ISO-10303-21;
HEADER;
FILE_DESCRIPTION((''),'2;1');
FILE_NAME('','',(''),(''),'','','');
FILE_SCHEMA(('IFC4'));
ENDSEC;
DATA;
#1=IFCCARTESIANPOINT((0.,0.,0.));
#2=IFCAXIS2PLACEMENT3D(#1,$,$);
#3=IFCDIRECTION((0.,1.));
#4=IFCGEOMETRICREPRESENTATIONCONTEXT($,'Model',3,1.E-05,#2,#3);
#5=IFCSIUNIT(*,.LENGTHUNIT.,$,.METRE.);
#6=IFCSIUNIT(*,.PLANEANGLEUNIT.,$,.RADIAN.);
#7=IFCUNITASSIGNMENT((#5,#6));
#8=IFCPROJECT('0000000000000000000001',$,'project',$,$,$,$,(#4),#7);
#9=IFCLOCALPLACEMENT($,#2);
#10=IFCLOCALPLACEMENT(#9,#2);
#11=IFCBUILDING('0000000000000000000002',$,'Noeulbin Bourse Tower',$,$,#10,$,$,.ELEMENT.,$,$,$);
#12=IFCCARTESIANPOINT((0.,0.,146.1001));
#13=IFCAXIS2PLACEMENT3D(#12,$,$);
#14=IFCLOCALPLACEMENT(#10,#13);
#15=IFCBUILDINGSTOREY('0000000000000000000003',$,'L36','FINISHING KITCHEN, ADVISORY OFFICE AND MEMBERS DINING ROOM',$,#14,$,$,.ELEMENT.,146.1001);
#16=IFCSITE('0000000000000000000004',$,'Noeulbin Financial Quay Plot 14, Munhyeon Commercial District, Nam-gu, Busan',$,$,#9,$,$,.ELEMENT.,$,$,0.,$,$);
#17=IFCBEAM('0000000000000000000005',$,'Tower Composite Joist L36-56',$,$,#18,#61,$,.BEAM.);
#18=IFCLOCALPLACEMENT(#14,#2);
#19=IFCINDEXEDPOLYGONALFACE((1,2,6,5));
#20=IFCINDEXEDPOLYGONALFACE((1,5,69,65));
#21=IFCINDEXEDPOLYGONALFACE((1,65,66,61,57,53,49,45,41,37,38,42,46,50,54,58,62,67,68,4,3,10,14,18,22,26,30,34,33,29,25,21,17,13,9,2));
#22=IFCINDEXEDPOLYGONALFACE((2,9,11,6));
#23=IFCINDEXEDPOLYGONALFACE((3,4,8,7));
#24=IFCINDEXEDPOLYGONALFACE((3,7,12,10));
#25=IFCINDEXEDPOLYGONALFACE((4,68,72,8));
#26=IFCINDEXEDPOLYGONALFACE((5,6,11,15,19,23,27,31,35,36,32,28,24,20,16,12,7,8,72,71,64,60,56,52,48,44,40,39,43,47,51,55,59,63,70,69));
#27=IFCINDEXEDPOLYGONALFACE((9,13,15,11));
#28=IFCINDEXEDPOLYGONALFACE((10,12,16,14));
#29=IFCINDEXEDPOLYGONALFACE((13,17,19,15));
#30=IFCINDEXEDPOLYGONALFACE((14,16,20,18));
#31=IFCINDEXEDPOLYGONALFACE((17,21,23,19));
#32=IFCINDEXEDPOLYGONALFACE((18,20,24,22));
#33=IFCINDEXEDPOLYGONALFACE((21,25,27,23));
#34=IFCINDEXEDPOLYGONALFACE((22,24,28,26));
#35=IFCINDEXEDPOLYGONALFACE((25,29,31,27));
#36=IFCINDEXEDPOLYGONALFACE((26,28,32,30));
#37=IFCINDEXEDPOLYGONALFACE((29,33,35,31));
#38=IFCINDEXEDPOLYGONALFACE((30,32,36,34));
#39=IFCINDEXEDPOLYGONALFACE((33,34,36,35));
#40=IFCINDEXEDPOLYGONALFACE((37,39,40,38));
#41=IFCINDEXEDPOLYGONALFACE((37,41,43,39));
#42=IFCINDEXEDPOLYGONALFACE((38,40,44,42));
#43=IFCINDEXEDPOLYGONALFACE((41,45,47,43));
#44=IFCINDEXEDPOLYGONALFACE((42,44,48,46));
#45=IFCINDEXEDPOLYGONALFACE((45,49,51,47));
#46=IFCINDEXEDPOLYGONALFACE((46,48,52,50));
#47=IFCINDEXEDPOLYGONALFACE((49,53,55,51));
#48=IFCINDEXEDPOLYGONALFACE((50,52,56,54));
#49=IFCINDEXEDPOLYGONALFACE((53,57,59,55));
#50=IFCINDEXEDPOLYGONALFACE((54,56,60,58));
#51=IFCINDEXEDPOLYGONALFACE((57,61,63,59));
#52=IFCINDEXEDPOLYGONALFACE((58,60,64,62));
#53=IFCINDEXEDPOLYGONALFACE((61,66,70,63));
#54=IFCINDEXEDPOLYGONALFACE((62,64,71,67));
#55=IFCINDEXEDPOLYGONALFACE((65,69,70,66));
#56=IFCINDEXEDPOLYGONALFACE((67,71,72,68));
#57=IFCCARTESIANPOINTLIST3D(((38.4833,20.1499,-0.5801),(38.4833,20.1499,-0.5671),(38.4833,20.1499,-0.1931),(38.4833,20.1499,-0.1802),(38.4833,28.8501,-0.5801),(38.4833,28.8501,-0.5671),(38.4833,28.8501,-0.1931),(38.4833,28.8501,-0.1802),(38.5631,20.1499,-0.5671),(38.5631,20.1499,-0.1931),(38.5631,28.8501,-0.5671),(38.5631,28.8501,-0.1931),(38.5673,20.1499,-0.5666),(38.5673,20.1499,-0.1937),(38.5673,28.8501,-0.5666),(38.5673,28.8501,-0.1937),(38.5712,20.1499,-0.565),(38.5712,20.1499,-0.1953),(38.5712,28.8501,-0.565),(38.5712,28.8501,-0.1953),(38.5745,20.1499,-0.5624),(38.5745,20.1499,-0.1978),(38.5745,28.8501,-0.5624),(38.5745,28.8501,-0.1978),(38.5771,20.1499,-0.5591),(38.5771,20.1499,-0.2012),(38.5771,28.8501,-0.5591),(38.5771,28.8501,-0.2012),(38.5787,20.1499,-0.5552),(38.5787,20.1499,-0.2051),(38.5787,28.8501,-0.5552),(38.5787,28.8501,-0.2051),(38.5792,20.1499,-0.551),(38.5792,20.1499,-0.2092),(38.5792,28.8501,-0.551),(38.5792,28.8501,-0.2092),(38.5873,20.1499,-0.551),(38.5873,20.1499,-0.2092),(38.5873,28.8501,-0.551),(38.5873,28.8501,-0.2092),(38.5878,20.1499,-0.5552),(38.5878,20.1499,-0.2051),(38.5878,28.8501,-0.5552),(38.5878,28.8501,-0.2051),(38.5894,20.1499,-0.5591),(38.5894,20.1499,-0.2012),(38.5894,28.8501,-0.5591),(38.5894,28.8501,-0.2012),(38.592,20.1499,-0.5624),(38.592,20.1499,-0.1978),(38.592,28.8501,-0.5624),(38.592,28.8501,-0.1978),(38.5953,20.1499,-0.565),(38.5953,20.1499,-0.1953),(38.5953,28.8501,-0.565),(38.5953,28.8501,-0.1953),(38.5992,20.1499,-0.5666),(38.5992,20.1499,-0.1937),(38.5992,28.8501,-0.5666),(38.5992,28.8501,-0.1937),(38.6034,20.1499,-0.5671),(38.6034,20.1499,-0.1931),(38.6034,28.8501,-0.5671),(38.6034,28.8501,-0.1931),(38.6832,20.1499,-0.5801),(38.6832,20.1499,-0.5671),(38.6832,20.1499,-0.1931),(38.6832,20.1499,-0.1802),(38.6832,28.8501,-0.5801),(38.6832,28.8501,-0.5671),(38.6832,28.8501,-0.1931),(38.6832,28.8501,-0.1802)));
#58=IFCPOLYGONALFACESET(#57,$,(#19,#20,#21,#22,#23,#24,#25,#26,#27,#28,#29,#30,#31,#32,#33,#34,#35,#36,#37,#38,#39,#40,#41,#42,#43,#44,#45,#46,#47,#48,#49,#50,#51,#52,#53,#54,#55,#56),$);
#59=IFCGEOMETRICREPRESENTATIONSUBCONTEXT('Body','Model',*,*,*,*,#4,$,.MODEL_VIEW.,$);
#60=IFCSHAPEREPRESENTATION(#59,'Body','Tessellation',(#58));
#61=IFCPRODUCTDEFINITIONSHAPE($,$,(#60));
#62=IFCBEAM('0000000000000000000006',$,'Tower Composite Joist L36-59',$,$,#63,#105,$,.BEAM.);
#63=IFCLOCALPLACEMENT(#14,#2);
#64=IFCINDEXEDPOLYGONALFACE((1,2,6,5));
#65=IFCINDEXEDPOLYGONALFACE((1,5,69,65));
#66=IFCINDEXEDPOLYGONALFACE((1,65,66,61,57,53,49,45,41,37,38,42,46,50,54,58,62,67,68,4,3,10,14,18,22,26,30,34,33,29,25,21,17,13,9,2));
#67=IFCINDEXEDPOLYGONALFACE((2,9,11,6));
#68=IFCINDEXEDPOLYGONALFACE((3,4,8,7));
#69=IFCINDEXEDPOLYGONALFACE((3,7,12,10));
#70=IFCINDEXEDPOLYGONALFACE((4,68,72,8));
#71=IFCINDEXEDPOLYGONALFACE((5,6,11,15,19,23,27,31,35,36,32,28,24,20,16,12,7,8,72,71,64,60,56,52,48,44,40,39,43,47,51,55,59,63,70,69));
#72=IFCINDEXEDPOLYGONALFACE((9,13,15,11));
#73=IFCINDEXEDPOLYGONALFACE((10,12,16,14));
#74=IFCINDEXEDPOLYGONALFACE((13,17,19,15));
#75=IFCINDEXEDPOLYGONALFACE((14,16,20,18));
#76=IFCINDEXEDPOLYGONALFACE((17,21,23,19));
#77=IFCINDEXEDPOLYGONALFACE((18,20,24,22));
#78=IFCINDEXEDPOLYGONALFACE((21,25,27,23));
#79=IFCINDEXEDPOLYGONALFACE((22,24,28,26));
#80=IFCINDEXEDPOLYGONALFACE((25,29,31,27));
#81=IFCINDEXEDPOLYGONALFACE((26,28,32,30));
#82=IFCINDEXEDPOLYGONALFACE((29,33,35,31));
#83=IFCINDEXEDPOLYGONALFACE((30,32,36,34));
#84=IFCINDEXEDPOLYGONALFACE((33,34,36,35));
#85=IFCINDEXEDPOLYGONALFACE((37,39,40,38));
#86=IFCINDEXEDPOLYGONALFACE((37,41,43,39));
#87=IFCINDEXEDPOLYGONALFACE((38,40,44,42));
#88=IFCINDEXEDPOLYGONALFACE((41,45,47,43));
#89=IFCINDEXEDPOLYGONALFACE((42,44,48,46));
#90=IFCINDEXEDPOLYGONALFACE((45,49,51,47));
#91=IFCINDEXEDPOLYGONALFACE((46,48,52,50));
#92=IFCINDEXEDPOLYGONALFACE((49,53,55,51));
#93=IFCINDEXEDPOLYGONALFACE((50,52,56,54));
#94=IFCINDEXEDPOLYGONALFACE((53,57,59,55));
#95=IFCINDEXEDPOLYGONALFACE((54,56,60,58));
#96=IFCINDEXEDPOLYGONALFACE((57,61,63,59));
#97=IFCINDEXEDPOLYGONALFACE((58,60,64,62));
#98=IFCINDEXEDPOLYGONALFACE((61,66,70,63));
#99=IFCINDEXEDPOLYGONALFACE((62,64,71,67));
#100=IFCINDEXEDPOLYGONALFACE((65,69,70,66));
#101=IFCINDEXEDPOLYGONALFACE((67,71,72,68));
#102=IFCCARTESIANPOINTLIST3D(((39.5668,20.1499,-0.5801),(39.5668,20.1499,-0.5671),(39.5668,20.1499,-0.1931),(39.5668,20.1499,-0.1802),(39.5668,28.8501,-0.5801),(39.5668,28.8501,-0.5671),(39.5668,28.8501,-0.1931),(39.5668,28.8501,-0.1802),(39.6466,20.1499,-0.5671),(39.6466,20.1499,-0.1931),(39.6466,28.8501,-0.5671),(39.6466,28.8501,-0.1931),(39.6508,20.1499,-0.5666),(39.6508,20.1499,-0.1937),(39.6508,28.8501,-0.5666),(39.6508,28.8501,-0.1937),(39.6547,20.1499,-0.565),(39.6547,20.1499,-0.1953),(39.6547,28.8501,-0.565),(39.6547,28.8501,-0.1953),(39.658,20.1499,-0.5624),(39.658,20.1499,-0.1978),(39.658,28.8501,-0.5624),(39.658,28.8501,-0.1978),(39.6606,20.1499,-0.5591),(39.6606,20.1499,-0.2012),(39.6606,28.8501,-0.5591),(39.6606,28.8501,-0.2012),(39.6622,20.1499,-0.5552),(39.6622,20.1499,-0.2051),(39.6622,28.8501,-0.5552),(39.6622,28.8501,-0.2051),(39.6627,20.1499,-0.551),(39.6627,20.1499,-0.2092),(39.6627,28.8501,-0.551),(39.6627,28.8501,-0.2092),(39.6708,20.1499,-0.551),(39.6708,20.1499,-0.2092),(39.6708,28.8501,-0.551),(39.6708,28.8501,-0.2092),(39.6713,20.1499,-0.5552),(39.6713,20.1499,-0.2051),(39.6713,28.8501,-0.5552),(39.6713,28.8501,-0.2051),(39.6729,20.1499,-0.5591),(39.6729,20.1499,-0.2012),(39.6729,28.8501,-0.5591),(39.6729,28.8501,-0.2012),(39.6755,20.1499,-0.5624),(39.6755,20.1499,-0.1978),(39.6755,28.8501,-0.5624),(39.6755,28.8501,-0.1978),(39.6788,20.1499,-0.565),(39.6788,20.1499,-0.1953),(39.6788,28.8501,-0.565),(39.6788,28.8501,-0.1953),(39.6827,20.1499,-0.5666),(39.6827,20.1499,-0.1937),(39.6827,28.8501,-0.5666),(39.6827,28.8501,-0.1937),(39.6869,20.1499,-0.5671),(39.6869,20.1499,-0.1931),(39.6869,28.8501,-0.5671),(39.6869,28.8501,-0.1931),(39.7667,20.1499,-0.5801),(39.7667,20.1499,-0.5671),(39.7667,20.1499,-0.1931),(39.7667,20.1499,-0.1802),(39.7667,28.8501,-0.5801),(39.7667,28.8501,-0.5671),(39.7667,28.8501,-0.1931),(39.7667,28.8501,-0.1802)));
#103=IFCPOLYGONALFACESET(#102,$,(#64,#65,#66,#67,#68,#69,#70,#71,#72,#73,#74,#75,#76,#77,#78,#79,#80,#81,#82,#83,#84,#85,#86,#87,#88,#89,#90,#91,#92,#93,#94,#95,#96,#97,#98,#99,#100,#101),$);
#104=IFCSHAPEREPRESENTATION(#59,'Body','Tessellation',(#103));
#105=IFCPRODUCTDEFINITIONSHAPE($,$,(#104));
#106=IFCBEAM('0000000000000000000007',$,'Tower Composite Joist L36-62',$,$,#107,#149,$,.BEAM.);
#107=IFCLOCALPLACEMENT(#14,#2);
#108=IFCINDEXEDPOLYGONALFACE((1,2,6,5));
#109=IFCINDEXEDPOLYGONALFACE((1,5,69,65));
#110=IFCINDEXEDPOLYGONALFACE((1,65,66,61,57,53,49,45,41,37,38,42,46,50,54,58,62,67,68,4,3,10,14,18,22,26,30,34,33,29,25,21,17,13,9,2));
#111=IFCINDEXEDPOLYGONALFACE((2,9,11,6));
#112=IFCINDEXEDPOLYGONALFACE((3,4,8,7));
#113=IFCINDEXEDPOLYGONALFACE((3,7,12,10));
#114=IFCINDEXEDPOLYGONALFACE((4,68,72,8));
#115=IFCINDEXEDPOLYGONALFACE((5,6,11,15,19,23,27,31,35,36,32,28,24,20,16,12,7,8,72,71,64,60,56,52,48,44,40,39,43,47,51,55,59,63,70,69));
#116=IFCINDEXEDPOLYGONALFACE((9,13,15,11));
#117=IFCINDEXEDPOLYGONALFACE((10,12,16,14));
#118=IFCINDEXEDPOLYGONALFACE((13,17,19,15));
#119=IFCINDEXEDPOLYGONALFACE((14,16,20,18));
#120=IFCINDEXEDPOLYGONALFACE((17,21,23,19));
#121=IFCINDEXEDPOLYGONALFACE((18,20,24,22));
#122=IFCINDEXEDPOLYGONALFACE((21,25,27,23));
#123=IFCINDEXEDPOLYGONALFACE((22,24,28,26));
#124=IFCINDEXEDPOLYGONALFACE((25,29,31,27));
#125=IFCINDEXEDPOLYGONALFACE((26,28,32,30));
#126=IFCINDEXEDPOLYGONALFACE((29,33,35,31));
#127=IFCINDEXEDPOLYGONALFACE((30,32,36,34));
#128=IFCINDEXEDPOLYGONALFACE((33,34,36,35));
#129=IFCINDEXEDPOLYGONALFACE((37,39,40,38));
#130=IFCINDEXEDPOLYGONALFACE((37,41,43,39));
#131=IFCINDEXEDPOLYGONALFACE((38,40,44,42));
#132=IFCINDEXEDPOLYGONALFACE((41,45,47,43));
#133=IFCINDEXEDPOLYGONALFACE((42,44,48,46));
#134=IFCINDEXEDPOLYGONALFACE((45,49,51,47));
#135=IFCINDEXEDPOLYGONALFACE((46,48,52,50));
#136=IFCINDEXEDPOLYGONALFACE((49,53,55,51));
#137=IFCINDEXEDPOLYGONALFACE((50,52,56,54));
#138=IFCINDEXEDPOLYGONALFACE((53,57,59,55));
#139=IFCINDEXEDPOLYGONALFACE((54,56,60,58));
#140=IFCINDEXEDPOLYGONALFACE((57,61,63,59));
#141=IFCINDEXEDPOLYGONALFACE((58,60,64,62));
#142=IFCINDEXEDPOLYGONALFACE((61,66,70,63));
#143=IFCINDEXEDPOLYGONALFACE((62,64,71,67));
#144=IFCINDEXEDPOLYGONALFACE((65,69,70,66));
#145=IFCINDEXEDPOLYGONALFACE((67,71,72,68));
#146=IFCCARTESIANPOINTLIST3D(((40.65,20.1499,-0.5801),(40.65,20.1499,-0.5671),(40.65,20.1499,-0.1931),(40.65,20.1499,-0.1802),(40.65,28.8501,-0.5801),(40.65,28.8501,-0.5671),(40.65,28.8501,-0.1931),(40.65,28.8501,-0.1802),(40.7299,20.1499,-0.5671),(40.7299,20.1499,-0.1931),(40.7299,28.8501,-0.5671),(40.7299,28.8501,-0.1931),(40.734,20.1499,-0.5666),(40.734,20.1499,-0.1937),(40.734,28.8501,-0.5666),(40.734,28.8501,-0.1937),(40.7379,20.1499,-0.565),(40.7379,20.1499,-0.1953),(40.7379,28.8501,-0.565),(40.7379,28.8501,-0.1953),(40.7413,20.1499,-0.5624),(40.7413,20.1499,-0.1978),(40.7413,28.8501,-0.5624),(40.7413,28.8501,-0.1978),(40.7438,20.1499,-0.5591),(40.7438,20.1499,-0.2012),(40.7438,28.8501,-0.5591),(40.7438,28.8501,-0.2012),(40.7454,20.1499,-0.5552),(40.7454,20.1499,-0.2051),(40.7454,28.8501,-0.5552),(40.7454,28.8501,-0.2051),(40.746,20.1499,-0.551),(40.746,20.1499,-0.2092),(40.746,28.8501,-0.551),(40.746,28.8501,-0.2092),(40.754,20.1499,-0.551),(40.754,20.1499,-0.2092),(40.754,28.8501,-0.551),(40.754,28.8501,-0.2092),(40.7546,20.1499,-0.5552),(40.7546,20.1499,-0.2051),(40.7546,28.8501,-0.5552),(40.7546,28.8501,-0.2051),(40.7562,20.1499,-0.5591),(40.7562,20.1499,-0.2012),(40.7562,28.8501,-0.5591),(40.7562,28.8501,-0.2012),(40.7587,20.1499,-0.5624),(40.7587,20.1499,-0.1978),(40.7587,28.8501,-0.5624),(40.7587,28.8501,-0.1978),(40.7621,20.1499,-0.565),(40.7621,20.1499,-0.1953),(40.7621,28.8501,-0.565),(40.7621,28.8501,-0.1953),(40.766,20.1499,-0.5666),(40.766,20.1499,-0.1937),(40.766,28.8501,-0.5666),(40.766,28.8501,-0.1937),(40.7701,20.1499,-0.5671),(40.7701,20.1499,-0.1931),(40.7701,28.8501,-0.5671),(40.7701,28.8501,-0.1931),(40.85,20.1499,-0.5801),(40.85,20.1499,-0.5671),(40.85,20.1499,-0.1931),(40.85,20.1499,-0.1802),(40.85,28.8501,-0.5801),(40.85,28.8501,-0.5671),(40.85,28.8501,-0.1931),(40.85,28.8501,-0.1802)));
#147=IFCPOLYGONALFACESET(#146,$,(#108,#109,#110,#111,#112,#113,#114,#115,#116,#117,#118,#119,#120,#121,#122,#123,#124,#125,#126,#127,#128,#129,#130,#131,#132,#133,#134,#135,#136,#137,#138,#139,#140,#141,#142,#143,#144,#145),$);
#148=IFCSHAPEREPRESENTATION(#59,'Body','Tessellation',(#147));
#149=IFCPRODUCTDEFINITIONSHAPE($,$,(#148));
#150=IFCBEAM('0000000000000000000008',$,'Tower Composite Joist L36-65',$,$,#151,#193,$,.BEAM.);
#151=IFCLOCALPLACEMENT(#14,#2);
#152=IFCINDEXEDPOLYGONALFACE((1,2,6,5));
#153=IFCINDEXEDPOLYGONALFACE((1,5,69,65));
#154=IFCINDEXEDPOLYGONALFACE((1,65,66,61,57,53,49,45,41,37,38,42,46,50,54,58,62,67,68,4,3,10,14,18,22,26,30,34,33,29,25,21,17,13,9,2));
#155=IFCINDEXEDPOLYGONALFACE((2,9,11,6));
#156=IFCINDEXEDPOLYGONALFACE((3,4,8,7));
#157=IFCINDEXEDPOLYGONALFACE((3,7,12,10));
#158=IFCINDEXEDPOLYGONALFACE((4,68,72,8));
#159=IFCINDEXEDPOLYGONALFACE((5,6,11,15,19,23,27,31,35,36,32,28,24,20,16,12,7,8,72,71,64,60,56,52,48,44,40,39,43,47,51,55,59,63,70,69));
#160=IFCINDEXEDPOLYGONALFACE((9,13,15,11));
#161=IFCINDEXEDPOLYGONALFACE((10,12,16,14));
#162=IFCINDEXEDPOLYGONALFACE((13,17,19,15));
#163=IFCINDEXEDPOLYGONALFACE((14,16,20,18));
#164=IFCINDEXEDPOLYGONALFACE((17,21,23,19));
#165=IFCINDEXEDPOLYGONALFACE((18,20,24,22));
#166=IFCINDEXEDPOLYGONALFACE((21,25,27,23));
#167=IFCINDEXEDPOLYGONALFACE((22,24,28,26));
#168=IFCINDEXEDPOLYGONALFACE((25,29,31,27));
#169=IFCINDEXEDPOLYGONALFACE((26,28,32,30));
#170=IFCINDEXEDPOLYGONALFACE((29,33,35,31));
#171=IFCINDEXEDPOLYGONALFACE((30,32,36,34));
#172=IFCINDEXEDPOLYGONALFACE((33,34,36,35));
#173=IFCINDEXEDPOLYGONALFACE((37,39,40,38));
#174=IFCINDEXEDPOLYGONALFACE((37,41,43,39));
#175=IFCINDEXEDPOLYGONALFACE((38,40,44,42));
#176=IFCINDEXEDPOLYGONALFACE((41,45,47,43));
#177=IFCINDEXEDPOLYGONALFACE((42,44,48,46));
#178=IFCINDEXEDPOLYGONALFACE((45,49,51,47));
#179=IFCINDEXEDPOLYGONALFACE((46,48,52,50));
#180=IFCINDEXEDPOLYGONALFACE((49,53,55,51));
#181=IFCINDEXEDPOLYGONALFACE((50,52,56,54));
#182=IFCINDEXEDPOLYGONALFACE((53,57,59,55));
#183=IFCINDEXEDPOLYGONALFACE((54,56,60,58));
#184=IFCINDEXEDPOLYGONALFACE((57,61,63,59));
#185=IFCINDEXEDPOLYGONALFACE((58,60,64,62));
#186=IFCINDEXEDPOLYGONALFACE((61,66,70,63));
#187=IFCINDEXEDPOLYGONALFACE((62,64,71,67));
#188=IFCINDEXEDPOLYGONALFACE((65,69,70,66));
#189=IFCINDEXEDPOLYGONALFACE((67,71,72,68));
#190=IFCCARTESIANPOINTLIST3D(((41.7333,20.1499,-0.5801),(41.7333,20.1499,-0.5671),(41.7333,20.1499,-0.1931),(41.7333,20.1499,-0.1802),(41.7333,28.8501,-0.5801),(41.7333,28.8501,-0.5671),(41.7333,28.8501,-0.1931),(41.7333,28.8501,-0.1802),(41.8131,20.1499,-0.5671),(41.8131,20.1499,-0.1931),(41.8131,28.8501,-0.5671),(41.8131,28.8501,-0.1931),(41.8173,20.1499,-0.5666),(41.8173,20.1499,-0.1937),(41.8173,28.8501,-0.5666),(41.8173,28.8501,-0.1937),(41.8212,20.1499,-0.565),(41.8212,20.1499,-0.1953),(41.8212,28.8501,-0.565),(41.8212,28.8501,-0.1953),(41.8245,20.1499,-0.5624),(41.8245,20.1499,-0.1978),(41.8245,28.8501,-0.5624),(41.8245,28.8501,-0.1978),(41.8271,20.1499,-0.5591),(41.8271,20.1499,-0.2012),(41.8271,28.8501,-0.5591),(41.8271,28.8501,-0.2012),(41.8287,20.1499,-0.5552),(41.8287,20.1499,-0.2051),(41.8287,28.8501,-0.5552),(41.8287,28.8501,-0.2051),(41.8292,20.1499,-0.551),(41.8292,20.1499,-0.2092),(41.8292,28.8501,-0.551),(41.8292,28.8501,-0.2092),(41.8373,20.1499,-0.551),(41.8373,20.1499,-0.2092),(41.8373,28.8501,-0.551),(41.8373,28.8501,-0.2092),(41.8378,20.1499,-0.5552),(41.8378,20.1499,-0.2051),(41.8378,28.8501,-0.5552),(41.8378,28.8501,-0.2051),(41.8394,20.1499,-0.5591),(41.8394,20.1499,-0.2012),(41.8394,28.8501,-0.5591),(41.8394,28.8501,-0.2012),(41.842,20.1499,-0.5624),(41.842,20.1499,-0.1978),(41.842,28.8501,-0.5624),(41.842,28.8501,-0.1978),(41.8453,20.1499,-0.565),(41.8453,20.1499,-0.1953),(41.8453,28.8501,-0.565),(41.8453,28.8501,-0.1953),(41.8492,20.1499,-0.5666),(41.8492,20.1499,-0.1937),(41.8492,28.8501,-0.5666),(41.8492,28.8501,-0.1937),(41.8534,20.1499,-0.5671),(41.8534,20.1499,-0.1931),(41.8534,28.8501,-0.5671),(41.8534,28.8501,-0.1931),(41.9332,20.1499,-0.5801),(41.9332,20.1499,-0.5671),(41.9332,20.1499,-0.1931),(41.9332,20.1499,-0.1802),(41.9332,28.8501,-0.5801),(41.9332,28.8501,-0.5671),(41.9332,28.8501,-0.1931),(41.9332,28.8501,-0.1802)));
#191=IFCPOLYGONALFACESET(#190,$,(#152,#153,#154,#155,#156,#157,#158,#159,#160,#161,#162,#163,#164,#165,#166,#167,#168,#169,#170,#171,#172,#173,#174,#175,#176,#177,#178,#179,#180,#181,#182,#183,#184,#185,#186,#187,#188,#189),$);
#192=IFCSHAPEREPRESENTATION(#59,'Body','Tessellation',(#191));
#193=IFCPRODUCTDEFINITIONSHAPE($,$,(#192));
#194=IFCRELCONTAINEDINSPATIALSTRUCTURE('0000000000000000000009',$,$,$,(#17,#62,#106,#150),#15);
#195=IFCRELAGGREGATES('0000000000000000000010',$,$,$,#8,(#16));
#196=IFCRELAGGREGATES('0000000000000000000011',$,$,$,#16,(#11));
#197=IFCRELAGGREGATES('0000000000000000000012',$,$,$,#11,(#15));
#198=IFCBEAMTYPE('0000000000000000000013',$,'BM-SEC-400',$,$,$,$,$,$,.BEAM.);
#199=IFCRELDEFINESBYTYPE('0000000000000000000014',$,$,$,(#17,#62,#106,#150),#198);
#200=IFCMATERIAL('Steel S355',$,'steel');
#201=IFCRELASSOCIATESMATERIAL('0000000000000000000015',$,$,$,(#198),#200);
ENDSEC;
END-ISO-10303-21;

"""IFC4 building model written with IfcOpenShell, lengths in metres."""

from ifc_helpers import new_model, si_unit, direction, frame, origin, origin_2d, place, context, subcontext, project, spatial, i_section, extrude, material, material_profile, profile_set, type_object, element, save


model = new_model("IFC4")

# Units and contexts
model_context = context("Model", 3, precision=1e-05, world=origin(), true_north=direction((0.0, 1.0)))
body_context = subcontext(model_context, "Body", "Model", "MODEL_VIEW")
ifc_project = project(units=[si_unit("LENGTHUNIT", "METRE"), si_unit("PLANEANGLEUNIT", "RADIAN")], contexts=[model_context])

# Site, building, storey
site_placement = place(None, origin())
site = spatial("IfcSite", under=ifc_project, at=site_placement, Name="Noeulbin Financial Quay Plot 14, Munhyeon Commercial District, Nam-gu, Busan", CompositionType="ELEMENT", RefElevation=0.0)
building_placement = place(site_placement, origin())
building = spatial("IfcBuilding", under=site, at=building_placement, Name="Noeulbin Bourse Tower", CompositionType="ELEMENT")
storey_placement = place(building_placement, frame((0.0, 0.0, 146.1001)))
storey = spatial("IfcBuildingStorey", under=building, at=storey_placement, Name="L36", Description="FINISHING KITCHEN, ADVISORY OFFICE AND MEMBERS DINING ROOM", CompositionType="ELEMENT", Elevation=146.1001)

# Shared definitions
ifc_material_1 = material(Name="Steel S355", Category="steel")

# Beams
ifc_material_profile_1 = material_profile(ifc_material_1, i_section(OverallWidth=0.2, OverallDepth=0.3999, WebThickness=0.0081, FlangeThickness=0.0129, FilletRadius=0.0161, at=origin_2d()), Name="H-400x200x8x13", Category="LoadBearing")
ifc_profile_set_1 = profile_set([ifc_material_profile_1], Name="Steel S355")
beam_type_1 = type_object("IfcBeamType", Name="BM-SEC-400", PredefinedType="BEAM", material=ifc_profile_set_1)
for number, where, z_axis, x_axis, name in (
    (1, (38.5833, 20.1499, -0.3801), (0.0, 1.0, 0.0), (-1.0, 0.0, 0.0), "Tower Composite Joist L36-56"),
    (2, (39.6667, 20.1499, -0.3801), (0.0, 1.0, 0.0), (-1.0, 0.0, 0.0), "Tower Composite Joist L36-59"),
    (3, (40.75, 20.1499, -0.3801), (0.0, 1.0, 0.0), (-1.0, 0.0, 0.0), "Tower Composite Joist L36-62"),
    (4, (41.8333, 20.1499, -0.3801), (0.0, 1.0, 0.0), (-1.0, 0.0, 0.0), "Tower Composite Joist L36-65"),
):
    element("IfcBeam", number, at=place(storey_placement, frame(where, z_axis=z_axis, x_axis=x_axis)), inside=storey, type_object=beam_type_1, Name=name, PredefinedType="BEAM", context=body_context, shape_type="SweptSolid", body=[
        extrude(i_section(OverallWidth=0.2, OverallDepth=0.3999, WebThickness=0.0081, FlangeThickness=0.0129, FilletRadius=0.0161, at=origin_2d()), origin(), (0.0, 0.0, 1.0), 8.7002),
    ])

save(model, "model.ifc")
